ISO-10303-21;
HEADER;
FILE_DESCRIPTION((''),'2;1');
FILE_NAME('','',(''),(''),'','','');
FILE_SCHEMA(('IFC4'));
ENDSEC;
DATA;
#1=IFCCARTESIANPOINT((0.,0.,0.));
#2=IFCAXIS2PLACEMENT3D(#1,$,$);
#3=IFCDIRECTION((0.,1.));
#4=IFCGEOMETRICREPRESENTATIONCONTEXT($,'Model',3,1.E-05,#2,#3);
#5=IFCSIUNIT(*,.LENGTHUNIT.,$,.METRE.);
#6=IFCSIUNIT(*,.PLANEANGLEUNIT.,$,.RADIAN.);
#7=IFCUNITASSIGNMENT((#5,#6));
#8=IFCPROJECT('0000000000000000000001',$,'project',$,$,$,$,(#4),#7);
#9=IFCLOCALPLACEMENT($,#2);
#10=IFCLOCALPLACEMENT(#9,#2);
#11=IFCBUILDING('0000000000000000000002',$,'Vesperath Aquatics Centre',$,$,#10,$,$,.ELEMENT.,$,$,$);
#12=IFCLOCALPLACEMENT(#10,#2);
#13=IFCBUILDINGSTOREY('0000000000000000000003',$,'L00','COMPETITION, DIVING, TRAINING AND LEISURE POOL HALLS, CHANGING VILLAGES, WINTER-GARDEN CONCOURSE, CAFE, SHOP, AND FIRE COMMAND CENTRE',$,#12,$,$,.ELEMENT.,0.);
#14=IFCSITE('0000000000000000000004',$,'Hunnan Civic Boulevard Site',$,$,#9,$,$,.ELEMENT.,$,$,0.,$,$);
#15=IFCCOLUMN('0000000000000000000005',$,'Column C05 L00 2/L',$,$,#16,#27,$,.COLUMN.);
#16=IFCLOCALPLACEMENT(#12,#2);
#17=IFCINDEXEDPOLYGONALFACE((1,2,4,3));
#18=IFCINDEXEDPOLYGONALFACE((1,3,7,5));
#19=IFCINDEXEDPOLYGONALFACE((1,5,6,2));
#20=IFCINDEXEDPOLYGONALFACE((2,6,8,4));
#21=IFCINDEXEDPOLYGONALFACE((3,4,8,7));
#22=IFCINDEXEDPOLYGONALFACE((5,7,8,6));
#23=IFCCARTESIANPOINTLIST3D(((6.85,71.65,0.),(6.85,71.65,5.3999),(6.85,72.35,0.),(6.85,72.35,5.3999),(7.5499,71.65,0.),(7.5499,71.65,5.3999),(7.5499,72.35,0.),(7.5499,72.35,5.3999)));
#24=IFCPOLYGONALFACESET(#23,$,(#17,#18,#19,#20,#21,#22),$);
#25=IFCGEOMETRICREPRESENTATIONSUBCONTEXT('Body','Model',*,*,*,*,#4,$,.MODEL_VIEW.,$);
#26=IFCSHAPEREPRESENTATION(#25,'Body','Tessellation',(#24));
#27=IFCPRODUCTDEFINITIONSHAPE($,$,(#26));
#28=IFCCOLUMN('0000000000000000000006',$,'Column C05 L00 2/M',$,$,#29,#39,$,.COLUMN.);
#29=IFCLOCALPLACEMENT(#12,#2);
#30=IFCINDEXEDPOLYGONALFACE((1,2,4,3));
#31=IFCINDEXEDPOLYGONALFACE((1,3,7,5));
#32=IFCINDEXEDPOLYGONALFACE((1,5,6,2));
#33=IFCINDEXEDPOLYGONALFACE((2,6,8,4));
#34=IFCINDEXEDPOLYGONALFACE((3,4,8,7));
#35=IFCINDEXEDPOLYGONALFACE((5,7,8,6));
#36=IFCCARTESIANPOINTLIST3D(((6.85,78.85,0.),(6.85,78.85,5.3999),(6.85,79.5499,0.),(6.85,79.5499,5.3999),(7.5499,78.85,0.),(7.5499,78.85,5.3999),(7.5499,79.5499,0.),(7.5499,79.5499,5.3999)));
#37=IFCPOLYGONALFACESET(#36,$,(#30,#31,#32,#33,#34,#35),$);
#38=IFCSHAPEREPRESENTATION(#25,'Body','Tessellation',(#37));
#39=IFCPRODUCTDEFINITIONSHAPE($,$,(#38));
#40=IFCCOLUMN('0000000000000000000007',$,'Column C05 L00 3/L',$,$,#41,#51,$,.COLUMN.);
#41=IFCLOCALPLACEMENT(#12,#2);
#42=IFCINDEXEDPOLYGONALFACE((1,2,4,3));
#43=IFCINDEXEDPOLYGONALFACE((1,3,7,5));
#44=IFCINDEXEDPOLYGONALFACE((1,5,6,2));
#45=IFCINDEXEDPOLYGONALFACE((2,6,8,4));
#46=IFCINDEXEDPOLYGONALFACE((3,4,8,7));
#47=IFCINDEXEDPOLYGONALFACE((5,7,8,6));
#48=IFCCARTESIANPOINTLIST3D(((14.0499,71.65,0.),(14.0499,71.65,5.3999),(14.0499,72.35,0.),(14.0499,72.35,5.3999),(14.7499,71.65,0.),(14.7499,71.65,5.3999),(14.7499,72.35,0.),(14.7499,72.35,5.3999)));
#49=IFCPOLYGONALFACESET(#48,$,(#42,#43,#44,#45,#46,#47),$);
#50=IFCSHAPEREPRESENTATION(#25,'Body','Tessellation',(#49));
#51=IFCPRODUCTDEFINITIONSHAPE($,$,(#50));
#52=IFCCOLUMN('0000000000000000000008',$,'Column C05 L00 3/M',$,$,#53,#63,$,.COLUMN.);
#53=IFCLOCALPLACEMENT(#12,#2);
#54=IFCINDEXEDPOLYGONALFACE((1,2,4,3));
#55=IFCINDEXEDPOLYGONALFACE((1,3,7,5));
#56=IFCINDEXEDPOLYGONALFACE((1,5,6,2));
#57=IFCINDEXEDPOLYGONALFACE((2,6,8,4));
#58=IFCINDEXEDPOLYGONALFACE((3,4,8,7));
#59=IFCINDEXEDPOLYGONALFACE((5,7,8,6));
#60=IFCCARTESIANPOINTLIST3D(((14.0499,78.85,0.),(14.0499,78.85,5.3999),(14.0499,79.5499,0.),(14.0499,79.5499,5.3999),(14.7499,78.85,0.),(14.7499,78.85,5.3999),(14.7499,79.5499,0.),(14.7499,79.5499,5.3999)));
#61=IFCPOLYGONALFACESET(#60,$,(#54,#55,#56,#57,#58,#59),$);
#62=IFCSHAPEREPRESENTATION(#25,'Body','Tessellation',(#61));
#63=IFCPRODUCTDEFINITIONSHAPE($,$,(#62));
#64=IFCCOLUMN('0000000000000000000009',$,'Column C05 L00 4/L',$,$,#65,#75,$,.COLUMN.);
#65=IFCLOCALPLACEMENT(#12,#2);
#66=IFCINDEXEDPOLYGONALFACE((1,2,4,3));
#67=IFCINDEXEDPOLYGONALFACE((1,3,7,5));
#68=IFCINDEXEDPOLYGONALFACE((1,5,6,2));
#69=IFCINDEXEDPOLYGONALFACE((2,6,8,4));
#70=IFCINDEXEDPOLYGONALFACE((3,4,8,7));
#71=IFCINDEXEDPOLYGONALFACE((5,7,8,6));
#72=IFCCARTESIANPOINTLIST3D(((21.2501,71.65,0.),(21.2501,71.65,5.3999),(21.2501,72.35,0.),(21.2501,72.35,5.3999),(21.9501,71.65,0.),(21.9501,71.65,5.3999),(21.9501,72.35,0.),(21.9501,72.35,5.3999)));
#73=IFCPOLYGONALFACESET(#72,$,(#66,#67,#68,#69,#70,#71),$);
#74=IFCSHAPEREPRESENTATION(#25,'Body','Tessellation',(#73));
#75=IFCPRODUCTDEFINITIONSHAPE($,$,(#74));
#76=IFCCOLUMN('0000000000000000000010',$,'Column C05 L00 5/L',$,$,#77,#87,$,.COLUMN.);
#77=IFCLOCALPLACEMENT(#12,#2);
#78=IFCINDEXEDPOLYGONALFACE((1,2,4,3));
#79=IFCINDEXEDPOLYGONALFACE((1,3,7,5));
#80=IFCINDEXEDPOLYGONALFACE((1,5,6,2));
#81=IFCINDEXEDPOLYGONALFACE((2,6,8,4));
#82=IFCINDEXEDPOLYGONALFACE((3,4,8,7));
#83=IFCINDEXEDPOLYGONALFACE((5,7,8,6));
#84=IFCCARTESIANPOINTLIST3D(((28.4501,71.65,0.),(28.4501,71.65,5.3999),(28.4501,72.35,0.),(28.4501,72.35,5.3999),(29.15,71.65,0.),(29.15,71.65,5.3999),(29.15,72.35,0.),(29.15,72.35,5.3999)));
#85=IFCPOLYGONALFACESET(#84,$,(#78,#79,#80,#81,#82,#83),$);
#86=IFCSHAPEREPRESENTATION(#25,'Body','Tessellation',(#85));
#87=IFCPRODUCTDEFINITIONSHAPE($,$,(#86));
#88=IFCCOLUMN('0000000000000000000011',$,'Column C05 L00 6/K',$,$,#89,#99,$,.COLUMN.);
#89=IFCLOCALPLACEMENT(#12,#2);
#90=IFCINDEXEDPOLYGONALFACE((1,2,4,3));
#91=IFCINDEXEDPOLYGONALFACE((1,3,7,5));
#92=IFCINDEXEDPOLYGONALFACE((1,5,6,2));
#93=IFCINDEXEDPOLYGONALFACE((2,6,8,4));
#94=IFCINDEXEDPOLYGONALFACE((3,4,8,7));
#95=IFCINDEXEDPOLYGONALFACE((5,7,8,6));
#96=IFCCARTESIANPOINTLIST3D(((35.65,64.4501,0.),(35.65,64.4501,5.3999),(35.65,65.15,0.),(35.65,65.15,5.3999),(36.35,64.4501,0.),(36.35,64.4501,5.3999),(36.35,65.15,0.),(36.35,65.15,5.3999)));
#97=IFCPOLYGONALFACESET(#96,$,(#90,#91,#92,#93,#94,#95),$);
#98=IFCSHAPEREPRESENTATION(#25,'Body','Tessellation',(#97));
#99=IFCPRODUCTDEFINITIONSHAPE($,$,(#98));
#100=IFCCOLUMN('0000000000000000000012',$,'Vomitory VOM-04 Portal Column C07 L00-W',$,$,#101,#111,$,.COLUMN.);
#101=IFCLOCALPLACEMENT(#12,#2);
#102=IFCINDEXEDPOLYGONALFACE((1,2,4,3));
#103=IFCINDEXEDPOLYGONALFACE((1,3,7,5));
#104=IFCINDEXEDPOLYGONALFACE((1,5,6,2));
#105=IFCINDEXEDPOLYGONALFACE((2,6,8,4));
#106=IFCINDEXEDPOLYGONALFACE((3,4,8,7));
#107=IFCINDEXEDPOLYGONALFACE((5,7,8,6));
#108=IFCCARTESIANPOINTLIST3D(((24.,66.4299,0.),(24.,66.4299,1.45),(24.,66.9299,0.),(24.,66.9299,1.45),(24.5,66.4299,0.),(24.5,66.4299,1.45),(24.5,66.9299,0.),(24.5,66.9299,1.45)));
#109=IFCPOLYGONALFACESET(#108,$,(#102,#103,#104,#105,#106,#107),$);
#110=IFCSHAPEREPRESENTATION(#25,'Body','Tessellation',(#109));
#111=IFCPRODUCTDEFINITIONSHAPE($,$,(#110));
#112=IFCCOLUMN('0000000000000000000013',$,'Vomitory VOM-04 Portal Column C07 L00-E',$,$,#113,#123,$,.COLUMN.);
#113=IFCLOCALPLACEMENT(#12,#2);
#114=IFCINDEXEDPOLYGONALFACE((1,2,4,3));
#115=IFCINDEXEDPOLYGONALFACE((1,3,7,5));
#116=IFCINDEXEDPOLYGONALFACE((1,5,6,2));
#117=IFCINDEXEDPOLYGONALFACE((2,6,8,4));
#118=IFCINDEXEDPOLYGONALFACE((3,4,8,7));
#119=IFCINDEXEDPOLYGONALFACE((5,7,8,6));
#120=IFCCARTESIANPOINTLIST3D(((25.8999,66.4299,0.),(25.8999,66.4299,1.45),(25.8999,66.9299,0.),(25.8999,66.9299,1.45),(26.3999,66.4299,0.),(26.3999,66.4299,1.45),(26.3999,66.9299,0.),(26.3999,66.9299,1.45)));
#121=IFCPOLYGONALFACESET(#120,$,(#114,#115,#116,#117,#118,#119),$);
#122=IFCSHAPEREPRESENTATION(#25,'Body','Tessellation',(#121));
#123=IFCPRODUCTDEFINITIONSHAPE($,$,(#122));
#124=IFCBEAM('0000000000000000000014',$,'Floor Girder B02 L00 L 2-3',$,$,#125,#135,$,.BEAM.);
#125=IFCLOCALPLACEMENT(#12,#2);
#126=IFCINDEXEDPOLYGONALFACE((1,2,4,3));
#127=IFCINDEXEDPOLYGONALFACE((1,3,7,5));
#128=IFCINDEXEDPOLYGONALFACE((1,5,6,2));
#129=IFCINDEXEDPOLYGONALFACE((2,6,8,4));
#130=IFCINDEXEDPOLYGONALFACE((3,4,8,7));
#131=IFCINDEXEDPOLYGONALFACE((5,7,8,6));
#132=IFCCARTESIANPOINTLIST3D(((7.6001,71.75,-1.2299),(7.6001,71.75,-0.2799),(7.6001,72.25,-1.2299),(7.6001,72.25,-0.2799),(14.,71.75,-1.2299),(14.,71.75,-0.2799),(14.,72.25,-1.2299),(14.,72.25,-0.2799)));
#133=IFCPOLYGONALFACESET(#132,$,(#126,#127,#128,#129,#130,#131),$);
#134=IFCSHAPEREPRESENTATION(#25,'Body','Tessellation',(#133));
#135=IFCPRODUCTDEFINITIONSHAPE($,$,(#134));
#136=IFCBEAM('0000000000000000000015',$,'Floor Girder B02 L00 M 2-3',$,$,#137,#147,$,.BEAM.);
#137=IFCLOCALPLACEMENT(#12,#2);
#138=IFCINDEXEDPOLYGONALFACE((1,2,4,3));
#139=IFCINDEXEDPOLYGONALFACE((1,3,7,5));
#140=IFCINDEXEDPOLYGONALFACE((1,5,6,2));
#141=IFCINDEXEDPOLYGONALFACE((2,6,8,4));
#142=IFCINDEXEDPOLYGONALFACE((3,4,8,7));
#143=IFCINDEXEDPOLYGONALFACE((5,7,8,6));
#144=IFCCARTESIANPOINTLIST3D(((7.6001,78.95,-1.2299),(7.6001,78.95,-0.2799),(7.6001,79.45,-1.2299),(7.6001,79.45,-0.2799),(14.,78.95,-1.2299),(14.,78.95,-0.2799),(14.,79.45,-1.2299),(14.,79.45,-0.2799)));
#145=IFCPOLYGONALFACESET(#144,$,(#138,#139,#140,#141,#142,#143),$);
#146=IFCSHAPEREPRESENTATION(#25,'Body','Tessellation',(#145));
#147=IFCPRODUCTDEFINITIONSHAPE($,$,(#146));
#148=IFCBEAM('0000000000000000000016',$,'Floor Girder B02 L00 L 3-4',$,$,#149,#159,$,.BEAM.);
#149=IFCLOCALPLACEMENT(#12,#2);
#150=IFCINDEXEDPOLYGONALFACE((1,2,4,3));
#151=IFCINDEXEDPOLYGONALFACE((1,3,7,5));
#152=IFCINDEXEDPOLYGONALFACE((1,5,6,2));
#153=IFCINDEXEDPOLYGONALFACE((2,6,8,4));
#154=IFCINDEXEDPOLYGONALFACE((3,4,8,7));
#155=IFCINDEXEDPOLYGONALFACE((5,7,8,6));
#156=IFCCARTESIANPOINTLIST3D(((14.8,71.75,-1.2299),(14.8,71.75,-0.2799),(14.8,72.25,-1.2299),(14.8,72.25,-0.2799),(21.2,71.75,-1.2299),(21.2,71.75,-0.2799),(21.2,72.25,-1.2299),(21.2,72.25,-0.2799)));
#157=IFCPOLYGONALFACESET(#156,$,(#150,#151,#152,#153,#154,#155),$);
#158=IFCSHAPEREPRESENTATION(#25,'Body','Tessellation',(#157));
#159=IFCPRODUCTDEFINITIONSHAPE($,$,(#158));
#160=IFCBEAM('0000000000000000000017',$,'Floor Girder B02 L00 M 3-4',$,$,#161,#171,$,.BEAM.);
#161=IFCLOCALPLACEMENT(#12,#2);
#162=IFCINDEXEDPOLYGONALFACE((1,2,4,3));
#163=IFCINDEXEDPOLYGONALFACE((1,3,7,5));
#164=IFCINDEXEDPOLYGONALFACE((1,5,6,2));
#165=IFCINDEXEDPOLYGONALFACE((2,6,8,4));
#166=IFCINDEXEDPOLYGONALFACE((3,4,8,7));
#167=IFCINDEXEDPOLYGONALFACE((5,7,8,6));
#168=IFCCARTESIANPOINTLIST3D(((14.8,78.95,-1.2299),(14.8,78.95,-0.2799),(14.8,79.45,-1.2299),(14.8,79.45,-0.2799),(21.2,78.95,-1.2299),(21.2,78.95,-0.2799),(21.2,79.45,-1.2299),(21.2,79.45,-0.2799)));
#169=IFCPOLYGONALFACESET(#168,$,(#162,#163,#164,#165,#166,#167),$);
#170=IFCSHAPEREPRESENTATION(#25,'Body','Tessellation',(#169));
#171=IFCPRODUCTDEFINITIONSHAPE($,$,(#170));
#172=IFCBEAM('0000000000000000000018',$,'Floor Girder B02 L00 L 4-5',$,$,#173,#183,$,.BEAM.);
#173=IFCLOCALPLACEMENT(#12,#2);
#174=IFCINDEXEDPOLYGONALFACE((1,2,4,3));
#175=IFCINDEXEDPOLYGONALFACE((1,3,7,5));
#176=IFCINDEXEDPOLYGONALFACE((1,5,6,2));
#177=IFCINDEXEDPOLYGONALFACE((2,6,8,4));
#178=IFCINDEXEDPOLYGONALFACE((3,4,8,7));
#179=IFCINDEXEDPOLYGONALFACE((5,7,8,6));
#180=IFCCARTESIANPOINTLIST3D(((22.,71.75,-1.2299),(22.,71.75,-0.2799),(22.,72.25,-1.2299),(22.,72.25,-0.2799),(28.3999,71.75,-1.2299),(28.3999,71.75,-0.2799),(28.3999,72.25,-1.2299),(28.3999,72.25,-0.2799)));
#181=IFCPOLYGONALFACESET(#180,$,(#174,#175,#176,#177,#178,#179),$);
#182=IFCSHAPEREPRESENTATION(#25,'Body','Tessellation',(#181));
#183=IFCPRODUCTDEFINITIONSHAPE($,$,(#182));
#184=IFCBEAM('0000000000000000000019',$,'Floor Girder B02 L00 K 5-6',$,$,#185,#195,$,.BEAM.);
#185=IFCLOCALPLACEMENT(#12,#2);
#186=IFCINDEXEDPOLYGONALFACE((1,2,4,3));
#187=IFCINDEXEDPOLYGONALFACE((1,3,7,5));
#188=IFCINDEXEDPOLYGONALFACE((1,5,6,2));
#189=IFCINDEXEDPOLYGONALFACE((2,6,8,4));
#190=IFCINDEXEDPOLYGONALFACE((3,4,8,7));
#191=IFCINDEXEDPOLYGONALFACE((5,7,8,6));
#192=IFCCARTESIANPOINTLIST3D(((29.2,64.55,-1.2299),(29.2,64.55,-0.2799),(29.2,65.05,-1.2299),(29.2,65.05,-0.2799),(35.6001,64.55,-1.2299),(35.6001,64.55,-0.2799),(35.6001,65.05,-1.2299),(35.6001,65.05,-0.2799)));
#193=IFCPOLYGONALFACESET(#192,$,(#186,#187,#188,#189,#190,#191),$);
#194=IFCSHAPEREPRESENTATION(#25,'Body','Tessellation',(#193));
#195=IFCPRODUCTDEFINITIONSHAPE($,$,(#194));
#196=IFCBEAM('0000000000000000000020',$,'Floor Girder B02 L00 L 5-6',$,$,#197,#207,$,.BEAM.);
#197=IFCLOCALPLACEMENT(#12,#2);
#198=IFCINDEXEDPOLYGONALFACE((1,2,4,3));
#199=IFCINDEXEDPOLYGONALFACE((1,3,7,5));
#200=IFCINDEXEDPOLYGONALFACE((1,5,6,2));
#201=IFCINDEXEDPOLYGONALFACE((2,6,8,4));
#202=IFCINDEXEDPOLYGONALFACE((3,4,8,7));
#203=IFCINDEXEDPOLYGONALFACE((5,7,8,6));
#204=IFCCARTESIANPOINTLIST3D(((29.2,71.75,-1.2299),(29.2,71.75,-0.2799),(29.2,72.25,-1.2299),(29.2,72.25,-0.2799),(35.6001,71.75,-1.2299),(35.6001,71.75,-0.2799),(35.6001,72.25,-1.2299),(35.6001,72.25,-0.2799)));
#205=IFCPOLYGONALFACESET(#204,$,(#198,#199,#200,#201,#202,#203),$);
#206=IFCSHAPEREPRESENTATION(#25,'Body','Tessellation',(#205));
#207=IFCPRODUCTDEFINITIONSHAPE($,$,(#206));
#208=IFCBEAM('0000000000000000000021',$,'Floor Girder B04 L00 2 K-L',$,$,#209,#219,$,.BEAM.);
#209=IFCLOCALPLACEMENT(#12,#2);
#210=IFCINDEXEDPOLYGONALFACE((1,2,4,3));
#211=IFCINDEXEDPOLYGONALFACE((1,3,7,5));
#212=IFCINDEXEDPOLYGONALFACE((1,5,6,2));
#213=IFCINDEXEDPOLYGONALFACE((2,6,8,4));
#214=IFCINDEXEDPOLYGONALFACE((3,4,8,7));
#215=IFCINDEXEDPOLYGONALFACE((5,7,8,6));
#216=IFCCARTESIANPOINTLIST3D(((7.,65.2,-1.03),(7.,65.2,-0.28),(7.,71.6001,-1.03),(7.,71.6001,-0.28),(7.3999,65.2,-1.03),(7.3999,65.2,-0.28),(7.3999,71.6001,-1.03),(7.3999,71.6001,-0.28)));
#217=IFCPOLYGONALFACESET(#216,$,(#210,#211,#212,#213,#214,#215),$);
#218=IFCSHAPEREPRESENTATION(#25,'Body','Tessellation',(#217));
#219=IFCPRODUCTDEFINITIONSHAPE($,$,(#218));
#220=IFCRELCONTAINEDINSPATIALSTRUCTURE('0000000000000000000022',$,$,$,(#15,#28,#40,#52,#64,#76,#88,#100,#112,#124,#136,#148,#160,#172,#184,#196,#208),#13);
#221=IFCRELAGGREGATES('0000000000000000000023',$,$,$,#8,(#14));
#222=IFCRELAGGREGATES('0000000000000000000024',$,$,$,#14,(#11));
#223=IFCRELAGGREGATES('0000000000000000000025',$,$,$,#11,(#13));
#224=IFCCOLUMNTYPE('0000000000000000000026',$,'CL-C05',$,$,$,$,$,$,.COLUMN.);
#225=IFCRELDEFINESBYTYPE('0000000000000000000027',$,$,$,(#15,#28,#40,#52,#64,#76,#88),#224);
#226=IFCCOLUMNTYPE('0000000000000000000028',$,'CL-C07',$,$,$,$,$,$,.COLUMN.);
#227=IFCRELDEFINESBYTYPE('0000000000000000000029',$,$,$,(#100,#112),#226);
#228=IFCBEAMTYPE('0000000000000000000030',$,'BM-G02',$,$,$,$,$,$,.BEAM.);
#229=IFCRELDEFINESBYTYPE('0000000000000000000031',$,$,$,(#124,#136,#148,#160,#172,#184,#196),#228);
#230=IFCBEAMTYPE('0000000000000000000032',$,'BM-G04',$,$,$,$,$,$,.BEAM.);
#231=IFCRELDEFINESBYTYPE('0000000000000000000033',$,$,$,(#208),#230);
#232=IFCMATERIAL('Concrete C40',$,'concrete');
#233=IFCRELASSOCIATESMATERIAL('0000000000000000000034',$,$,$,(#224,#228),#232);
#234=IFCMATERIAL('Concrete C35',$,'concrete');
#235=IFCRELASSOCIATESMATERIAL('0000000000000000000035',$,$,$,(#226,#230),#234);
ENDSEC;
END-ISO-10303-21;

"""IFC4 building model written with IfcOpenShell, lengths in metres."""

from ifc_helpers import new_model, si_unit, direction, frame, origin, origin_2d, place, context, subcontext, project, spatial, rectangle, extrude, material, material_profile, profile_set, type_object, element, save


model = new_model("IFC4")

# Units and contexts
model_context = context("Model", 3, precision=1e-05, world=origin(), true_north=direction((0.0, 1.0)))
body_context = subcontext(model_context, "Body", "Model", "MODEL_VIEW")
ifc_project = project(units=[si_unit("LENGTHUNIT", "METRE"), si_unit("PLANEANGLEUNIT", "RADIAN")], contexts=[model_context])

# Site, building, storey
site_placement = place(None, origin())
site = spatial("IfcSite", under=ifc_project, at=site_placement, Name="Hunnan Civic Boulevard Site", CompositionType="ELEMENT", RefElevation=0.0)
building_placement = place(site_placement, origin())
building = spatial("IfcBuilding", under=site, at=building_placement, Name="Vesperath Aquatics Centre", CompositionType="ELEMENT")
storey_placement = place(building_placement, origin())
storey = spatial("IfcBuildingStorey", under=building, at=storey_placement, Name="L00", Description="COMPETITION, DIVING, TRAINING AND LEISURE POOL HALLS, CHANGING VILLAGES, WINTER-GARDEN CONCOURSE, CAFE, SHOP, AND FIRE COMMAND CENTRE", CompositionType="ELEMENT", Elevation=0.0)

# Columns
ifc_material_1 = material(Name="Concrete C40", Category="concrete")
ifc_material_profile_1 = material_profile(ifc_material_1, rectangle(XDim=0.7, YDim=0.7, at=origin_2d()), Name="RC 700x700")
ifc_profile_set_1 = profile_set([ifc_material_profile_1], Name="Concrete C40")
column_type_1 = type_object("IfcColumnType", Name="CL-C05", PredefinedType="COLUMN", material=ifc_profile_set_1)
for number, where, z_axis, x_axis, name in (
    (1, (7.2, 72.0, 0.0), (0.0, 0.0, 1.0), (1.0, 0.0, 0.0), "Column C05 L00 2/L"),
    (2, (7.2, 79.2, 0.0), (0.0, 0.0, 1.0), (1.0, 0.0, 0.0), "Column C05 L00 2/M"),
    (3, (14.3999, 72.0, 0.0), (0.0, 0.0, 1.0), (1.0, 0.0, 0.0), "Column C05 L00 3/L"),
    (4, (14.3999, 79.2, 0.0), (0.0, 0.0, 1.0), (1.0, 0.0, 0.0), "Column C05 L00 3/M"),
    (5, (21.6001, 72.0, 0.0), (0.0, 0.0, 1.0), (1.0, 0.0, 0.0), "Column C05 L00 4/L"),
    (6, (28.8, 72.0, 0.0), (0.0, 0.0, 1.0), (1.0, 0.0, 0.0), "Column C05 L00 5/L"),
    (7, (36.0, 64.8, 0.0), (0.0, 0.0, 1.0), (1.0, 0.0, 0.0), "Column C05 L00 6/K"),
):
    element("IfcColumn", number, at=place(storey_placement, frame(where, z_axis=z_axis, x_axis=x_axis)), inside=storey, type_object=column_type_1, Name=name, PredefinedType="COLUMN", context=body_context, shape_type="SweptSolid", body=[
        extrude(rectangle(XDim=0.7, YDim=0.7, at=origin_2d()), origin(), (0.0, 0.0, 1.0), 5.3999),
    ])
ifc_material_2 = material(Name="Concrete C35", Category="concrete")
ifc_material_profile_2 = material_profile(ifc_material_2, rectangle(XDim=0.5, YDim=0.5, at=origin_2d()), Name="RC 500x500")
ifc_profile_set_2 = profile_set([ifc_material_profile_2], Name="Concrete C35")
column_type_2 = type_object("IfcColumnType", Name="CL-C07", PredefinedType="COLUMN", material=ifc_profile_set_2)
for number, where, z_axis, x_axis, name in (
    (8, (24.25, 66.6799, 0.0), (0.0, 0.0, 1.0), (1.0, 0.0, 0.0), "Vomitory VOM-04 Portal Column C07 L00-W"),
    (9, (26.1499, 66.6799, 0.0), (0.0, 0.0, 1.0), (1.0, 0.0, 0.0), "Vomitory VOM-04 Portal Column C07 L00-E"),
):
    element("IfcColumn", number, at=place(storey_placement, frame(where, z_axis=z_axis, x_axis=x_axis)), inside=storey, type_object=column_type_2, Name=name, PredefinedType="COLUMN", context=body_context, shape_type="SweptSolid", body=[
        extrude(rectangle(XDim=0.5, YDim=0.5, at=origin_2d()), origin(), (0.0, 0.0, 1.0), 1.45),
    ])

# Beams
ifc_material_profile_3 = material_profile(ifc_material_1, rectangle(XDim=0.5, YDim=0.95, at=origin_2d()), Name="RC 500x950")
ifc_profile_set_3 = profile_set([ifc_material_profile_3], Name="Concrete C40")
beam_type_1 = type_object("IfcBeamType", Name="BM-G02", PredefinedType="BEAM", material=ifc_profile_set_3)
for number, where, z_axis, x_axis, name in (
    (10, (7.6001, 72.0, -0.7549), (1.0, 0.0, 0.0), (0.0, 1.0, 0.0), "Floor Girder B02 L00 L 2-3"),
    (11, (7.6001, 79.2, -0.7549), (1.0, 0.0, 0.0), (0.0, 1.0, 0.0), "Floor Girder B02 L00 M 2-3"),
    (12, (14.8, 72.0, -0.7549), (1.0, 0.0, 0.0), (0.0, 1.0, 0.0), "Floor Girder B02 L00 L 3-4"),
    (13, (14.8, 79.2, -0.7549), (1.0, 0.0, 0.0), (0.0, 1.0, 0.0), "Floor Girder B02 L00 M 3-4"),
    (14, (22.0, 72.0, -0.7549), (1.0, 0.0, 0.0), (0.0, 1.0, 0.0), "Floor Girder B02 L00 L 4-5"),
):
    element("IfcBeam", number, at=place(storey_placement, frame(where, z_axis=z_axis, x_axis=x_axis)), inside=storey, type_object=beam_type_1, Name=name, PredefinedType="BEAM", context=body_context, shape_type="SweptSolid", body=[
        extrude(rectangle(XDim=0.5, YDim=0.95, at=origin_2d()), origin(), (0.0, 0.0, 1.0), 6.3999),
    ])
for number, where, z_axis, x_axis, name in (
    (15, (29.2, 64.8, -0.7549), (1.0, 0.0, 0.0), (0.0, 1.0, 0.0), "Floor Girder B02 L00 K 5-6"),
    (16, (29.2, 72.0, -0.7549), (1.0, 0.0, 0.0), (0.0, 1.0, 0.0), "Floor Girder B02 L00 L 5-6"),
):
    element("IfcBeam", number, at=place(storey_placement, frame(where, z_axis=z_axis, x_axis=x_axis)), inside=storey, type_object=beam_type_1, Name=name, PredefinedType="BEAM", context=body_context, shape_type="SweptSolid", body=[
        extrude(rectangle(XDim=0.5, YDim=0.95, at=origin_2d()), origin(), (0.0, 0.0, 1.0), 6.4001),
    ])
ifc_material_profile_4 = material_profile(ifc_material_2, rectangle(XDim=0.3999, YDim=0.75, at=origin_2d()), Name="RC 400x750")
ifc_profile_set_4 = profile_set([ifc_material_profile_4], Name="Concrete C35")
beam_type_2 = type_object("IfcBeamType", Name="BM-G04", PredefinedType="BEAM", material=ifc_profile_set_4)
for number, where, z_axis, x_axis, name in (
    (17, (7.2, 65.2, -0.655), (0.0, 1.0, 0.0), (-1.0, 0.0, 0.0), "Floor Girder B04 L00 2 K-L"),
):
    element("IfcBeam", number, at=place(storey_placement, frame(where, z_axis=z_axis, x_axis=x_axis)), inside=storey, type_object=beam_type_2, Name=name, PredefinedType="BEAM", context=body_context, shape_type="SweptSolid", body=[
        extrude(rectangle(XDim=0.3999, YDim=0.75, at=origin_2d()), origin(), (0.0, 0.0, 1.0), 6.4001),
    ])

save(model, "model.ifc")
